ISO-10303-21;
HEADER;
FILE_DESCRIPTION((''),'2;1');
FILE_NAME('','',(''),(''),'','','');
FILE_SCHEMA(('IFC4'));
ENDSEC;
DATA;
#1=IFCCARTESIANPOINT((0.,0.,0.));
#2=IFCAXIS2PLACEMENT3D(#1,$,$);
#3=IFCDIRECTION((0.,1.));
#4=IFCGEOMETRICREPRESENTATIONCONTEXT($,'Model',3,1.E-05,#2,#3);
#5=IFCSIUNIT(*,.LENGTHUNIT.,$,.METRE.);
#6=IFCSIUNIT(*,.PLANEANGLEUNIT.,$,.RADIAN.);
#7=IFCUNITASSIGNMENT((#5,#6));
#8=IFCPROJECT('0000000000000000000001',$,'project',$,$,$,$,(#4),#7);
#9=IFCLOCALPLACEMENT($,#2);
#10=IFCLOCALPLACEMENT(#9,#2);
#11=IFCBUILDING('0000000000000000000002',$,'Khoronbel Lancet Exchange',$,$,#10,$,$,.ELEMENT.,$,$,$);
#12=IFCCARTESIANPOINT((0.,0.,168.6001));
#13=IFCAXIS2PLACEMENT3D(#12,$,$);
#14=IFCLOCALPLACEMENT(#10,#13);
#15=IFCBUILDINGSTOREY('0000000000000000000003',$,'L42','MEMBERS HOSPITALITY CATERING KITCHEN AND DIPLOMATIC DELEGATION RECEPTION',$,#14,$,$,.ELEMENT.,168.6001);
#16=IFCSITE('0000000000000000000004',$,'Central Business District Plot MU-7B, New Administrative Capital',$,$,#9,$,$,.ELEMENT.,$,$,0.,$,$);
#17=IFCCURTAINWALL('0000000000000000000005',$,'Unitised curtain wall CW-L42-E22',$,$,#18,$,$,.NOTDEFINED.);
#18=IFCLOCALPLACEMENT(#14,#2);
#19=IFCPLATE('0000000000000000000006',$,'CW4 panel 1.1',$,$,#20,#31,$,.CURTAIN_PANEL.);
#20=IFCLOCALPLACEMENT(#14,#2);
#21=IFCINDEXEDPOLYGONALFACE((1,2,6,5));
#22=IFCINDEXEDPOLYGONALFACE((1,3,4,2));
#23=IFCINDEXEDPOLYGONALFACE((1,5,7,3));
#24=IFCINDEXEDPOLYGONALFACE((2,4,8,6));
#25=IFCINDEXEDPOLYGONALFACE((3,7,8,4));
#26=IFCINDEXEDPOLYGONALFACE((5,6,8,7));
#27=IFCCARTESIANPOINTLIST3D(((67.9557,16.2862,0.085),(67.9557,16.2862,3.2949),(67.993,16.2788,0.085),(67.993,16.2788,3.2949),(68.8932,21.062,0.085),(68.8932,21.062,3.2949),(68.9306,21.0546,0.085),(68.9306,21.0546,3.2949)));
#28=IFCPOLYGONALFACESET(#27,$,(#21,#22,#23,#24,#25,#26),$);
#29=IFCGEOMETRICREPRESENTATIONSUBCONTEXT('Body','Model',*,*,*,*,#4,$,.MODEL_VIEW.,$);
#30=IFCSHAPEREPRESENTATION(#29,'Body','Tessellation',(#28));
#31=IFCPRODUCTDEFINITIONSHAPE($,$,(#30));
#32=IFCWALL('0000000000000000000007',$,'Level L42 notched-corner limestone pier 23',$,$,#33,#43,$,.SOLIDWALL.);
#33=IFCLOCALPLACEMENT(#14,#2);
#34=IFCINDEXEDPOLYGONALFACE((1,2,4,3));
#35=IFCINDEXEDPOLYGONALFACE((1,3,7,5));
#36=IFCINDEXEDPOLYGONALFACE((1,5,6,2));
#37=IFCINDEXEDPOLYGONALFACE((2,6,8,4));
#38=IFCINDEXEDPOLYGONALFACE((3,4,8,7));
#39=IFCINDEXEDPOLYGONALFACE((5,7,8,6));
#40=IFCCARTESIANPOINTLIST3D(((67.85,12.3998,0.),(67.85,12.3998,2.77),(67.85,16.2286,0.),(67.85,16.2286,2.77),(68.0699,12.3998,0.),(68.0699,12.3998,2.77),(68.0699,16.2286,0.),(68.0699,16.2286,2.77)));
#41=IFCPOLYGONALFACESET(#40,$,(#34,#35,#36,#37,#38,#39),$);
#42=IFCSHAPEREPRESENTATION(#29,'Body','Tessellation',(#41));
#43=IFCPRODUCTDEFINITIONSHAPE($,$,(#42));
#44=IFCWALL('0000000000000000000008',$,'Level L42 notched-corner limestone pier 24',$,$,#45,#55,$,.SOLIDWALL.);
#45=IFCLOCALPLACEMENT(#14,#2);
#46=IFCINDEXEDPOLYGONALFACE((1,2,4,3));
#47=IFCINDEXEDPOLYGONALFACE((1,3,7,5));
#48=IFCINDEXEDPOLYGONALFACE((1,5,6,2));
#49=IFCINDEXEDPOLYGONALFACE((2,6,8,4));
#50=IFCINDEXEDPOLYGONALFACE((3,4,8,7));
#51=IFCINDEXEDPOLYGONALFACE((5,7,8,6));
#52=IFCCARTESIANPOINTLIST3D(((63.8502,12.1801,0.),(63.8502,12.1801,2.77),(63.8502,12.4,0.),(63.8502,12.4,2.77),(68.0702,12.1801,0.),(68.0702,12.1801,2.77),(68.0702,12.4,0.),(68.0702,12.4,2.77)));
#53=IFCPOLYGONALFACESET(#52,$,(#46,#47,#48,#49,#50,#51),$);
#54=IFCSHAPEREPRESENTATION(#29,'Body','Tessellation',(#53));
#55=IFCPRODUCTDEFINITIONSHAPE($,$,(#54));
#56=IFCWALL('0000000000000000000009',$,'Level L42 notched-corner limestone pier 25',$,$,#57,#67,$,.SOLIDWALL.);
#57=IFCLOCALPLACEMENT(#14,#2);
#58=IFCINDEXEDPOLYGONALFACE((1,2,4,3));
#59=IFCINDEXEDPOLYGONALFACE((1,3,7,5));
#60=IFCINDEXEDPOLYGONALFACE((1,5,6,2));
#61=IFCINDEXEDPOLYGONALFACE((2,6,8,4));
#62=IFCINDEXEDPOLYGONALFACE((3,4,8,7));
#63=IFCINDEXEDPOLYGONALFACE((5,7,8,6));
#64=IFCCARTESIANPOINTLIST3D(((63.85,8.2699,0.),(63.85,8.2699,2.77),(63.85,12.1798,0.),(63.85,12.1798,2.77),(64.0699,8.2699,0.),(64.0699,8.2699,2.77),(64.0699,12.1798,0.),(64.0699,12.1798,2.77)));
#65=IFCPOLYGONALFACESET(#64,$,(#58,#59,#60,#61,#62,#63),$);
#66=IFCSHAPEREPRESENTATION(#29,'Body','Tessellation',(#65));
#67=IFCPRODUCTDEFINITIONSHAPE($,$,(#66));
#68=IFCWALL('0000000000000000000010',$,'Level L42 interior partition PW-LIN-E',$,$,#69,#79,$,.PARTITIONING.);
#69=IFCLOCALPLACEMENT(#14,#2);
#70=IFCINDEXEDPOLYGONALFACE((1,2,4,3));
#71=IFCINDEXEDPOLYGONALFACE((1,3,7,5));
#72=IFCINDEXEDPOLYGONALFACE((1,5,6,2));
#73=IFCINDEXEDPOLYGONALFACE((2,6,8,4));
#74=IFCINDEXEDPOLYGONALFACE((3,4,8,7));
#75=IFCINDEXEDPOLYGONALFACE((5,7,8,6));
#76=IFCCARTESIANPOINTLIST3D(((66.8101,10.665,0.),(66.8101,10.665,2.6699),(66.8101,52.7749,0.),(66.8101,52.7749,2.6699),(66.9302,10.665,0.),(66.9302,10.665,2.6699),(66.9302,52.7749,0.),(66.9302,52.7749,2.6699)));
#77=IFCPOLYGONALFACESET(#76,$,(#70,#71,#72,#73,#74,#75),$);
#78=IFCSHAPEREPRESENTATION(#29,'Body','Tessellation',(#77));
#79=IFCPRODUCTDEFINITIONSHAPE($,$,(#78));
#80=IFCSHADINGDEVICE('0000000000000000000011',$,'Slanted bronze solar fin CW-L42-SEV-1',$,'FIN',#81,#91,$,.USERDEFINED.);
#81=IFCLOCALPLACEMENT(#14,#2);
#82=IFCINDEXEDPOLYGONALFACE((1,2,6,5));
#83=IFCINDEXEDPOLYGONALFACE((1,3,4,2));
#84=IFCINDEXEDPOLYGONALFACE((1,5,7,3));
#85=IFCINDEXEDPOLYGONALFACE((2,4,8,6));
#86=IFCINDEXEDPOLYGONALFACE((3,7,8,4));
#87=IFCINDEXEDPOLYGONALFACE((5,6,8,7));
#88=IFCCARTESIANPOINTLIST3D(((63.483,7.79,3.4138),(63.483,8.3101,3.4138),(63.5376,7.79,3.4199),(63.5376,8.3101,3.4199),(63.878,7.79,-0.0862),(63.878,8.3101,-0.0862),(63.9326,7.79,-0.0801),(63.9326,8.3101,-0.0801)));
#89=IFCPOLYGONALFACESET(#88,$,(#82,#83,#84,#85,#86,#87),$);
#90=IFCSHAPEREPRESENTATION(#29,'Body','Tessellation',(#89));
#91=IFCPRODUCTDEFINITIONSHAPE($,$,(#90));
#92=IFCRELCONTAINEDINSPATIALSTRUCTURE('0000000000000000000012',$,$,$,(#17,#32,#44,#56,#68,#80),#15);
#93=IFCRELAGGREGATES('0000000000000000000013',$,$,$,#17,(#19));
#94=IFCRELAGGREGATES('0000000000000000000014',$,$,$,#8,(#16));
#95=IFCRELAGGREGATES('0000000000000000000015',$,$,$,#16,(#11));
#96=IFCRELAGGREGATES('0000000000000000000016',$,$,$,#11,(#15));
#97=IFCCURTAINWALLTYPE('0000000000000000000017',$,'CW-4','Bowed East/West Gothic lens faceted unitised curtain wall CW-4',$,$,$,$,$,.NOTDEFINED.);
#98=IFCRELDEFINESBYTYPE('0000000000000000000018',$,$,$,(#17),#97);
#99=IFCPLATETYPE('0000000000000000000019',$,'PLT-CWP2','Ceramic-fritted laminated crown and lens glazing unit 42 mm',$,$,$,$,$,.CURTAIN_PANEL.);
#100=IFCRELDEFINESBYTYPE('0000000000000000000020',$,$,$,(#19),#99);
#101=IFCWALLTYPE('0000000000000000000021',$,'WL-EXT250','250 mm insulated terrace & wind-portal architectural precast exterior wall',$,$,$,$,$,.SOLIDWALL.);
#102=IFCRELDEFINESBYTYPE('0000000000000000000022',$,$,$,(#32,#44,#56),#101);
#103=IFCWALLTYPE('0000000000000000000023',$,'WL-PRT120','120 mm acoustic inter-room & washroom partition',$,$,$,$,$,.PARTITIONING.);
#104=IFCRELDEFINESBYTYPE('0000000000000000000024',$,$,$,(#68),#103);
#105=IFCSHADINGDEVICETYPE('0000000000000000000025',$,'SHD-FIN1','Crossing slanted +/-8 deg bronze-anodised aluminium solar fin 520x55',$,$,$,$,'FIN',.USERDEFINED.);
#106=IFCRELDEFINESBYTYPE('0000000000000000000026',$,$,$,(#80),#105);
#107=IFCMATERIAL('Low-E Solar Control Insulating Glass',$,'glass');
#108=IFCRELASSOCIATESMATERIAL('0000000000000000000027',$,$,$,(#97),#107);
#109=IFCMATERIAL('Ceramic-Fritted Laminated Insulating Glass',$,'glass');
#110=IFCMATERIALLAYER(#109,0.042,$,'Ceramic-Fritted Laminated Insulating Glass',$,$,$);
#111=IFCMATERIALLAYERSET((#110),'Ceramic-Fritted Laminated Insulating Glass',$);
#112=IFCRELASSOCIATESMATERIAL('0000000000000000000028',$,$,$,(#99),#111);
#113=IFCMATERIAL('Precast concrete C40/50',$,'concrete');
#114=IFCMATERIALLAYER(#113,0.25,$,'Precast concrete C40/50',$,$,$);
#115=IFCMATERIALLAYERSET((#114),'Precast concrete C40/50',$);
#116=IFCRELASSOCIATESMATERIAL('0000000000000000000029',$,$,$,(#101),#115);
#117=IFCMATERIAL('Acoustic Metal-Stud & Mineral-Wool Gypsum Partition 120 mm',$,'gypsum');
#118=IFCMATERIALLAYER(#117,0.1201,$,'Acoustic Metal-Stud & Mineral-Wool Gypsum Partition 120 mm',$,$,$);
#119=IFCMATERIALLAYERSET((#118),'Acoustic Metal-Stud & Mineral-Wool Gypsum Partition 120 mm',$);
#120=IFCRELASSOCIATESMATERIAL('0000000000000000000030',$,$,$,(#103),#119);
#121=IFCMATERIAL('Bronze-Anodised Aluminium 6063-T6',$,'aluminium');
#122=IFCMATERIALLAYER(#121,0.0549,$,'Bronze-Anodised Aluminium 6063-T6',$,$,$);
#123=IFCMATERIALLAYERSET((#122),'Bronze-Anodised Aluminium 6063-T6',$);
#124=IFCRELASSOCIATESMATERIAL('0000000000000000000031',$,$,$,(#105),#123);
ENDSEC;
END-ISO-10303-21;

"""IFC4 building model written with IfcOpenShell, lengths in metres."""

from ifc_helpers import new_model, si_unit, direction, frame, frame_2d, origin, origin_2d, place, context, subcontext, project, spatial, polyline, rectangle, outline, extrude, material, layer, layer_set, type_object, element, aggregate, save


model = new_model("IFC4")

# Units and contexts
model_context = context("Model", 3, precision=1e-05, world=origin(), true_north=direction((0.0, 1.0)))
body_context = subcontext(model_context, "Body", "Model", "MODEL_VIEW")
ifc_project = project(units=[si_unit("LENGTHUNIT", "METRE"), si_unit("PLANEANGLEUNIT", "RADIAN")], contexts=[model_context])

# Site, building, storey
site_placement = place(None, origin())
site = spatial("IfcSite", under=ifc_project, at=site_placement, Name="Central Business District Plot MU-7B, New Administrative Capital", CompositionType="ELEMENT", RefElevation=0.0)
building_placement = place(site_placement, origin())
building = spatial("IfcBuilding", under=site, at=building_placement, Name="Khoronbel Lancet Exchange", CompositionType="ELEMENT")
storey_placement = place(building_placement, frame((0.0, 0.0, 168.6001)))
storey = spatial("IfcBuildingStorey", under=building, at=storey_placement, Name="L42", Description="MEMBERS HOSPITALITY CATERING KITCHEN AND DIPLOMATIC DELEGATION RECEPTION", CompositionType="ELEMENT", Elevation=168.6001)

# Shared definitions
ifc_material_1 = material(Name="Low-E Solar Control Insulating Glass", Category="glass")
ifc_material_2 = material(Name="Bronze-Anodised Aluminium 6063-T6", Category="aluminium")

# Shared definitions
curtain_wall_type_1 = type_object("IfcCurtainWallType", Name="CW-4", Description="Bowed East/West Gothic lens faceted unitised curtain wall CW-4", PredefinedType="NOTDEFINED", material=ifc_material_1)

# Curtain wall
curtain_wall_1_placement = place(storey_placement, origin())
curtain_wall_1 = element("IfcCurtainWall", 1, at=curtain_wall_1_placement, inside=storey, type_object=curtain_wall_type_1, Name="Unitised curtain wall CW-L42-E22", PredefinedType="NOTDEFINED")

# Plate
ifc_material_3 = material(Name="Ceramic-Fritted Laminated Insulating Glass", Category="glass")
ifc_layer_1 = layer(ifc_material_3, 0.042, Name="Ceramic-Fritted Laminated Insulating Glass")
ifc_layer_set_1 = layer_set([ifc_layer_1], Name="Ceramic-Fritted Laminated Insulating Glass")
plate_type_1 = type_object("IfcPlateType", Name="PLT-CWP2", Description="Ceramic-fritted laminated crown and lens glazing unit 42 mm", PredefinedType="CURTAIN_PANEL", material=ifc_layer_set_1)
plate_1_placement = place(storey_placement, frame((68.4431, 18.6704, 0.085), z_axis=(0.0, 0.0, 1.0), x_axis=(-0.192627, -0.981272, 0.0)))
plate_1 = element("IfcPlate", 2, at=plate_1_placement, type_object=plate_type_1, Name="CW4 panel 1.1", PredefinedType="CURTAIN_PANEL", context=body_context, shape_type="SweptSolid", body=[
    extrude(rectangle(XDim=4.8669, YDim=0.0381, at=origin_2d()), origin(), (0.0, 0.0, 1.0), 3.21),
])
aggregate(curtain_wall_1, [plate_1])

# Walls
ifc_material_4 = material(Name="Precast concrete C40/50", Category="concrete")
ifc_layer_2 = layer(ifc_material_4, 0.25, Name="Precast concrete C40/50")
ifc_layer_set_2 = layer_set([ifc_layer_2], Name="Precast concrete C40/50")
wall_type_1 = type_object("IfcWallType", Name="WL-EXT250", Description="250 mm insulated terrace & wind-portal architectural precast exterior wall", PredefinedType="SOLIDWALL", material=ifc_layer_set_2)
wall_1_placement = place(storey_placement, frame((67.96, 16.2288, 0.0), z_axis=(0.0, 0.0, 1.0), x_axis=(0.0, -1.0, 0.0)))
element("IfcWall", 3, at=wall_1_placement, inside=storey, type_object=wall_type_1, Name="Level L42 notched-corner limestone pier 23", PredefinedType="SOLIDWALL", context=body_context, shape_type="SweptSolid", body=[
    extrude(rectangle(XDim=3.8289, YDim=0.22, at=frame_2d((1.9146, 0.0))), origin(), (0.0, 0.0, 1.0), 2.77),
])
wall_2_placement = place(storey_placement, frame((68.0701, 12.29, 0.0), z_axis=(0.0, 0.0, 1.0), x_axis=(-1.0, 0.0, 0.0)))
element("IfcWall", 4, at=wall_2_placement, inside=storey, type_object=wall_type_1, Name="Level L42 notched-corner limestone pier 24", PredefinedType="SOLIDWALL", context=body_context, shape_type="SweptSolid", body=[
    extrude(rectangle(XDim=4.22, YDim=0.22, at=frame_2d((2.1099, 0.0))), origin(), (0.0, 0.0, 1.0), 2.77),
])
wall_3_placement = place(storey_placement, frame((63.96, 12.1799, 0.0), z_axis=(0.0, 0.0, 1.0), x_axis=(0.0, -1.0, 0.0)))
element("IfcWall", 5, at=wall_3_placement, inside=storey, type_object=wall_type_1, Name="Level L42 notched-corner limestone pier 25", PredefinedType="SOLIDWALL", context=body_context, shape_type="SweptSolid", body=[
    extrude(rectangle(XDim=3.9099, YDim=0.22, at=frame_2d((1.9551, 0.0))), origin(), (0.0, 0.0, 1.0), 2.77),
])
ifc_material_5 = material(Name="Acoustic Metal-Stud & Mineral-Wool Gypsum Partition 120 mm", Category="gypsum")
ifc_layer_3 = layer(ifc_material_5, 0.1201, Name="Acoustic Metal-Stud & Mineral-Wool Gypsum Partition 120 mm")
ifc_layer_set_3 = layer_set([ifc_layer_3], Name="Acoustic Metal-Stud & Mineral-Wool Gypsum Partition 120 mm")
wall_type_2 = type_object("IfcWallType", Name="WL-PRT120", Description="120 mm acoustic inter-room & washroom partition", PredefinedType="PARTITIONING", material=ifc_layer_set_3)
wall_4_placement = place(storey_placement, frame((66.8701, 10.665, 0.0), z_axis=(0.0, 0.0, 1.0), x_axis=(0.0, 1.0, 0.0)))
element("IfcWall", 6, at=wall_4_placement, inside=storey, type_object=wall_type_2, Name="Level L42 interior partition PW-LIN-E", PredefinedType="PARTITIONING", context=body_context, shape_type="SweptSolid", body=[
    extrude(rectangle(XDim=42.1099, YDim=0.1201, at=frame_2d((21.0549, 0.0))), origin(), (0.0, 0.0, 1.0), 2.6699),
])

# Shading device
ifc_layer_4 = layer(ifc_material_2, 0.0549, Name="Bronze-Anodised Aluminium 6063-T6")
ifc_layer_set_4 = layer_set([ifc_layer_4], Name="Bronze-Anodised Aluminium 6063-T6")
shading_device_type = type_object("IfcShadingDeviceType", Name="SHD-FIN1", Description="Crossing slanted +/-8 deg bronze-anodised aluminium solar fin 520x55", ElementType="FIN", PredefinedType="USERDEFINED", material=ifc_layer_set_4)
shading_device_placement = place(storey_placement, frame((63.9326, 8.3101, -0.0801), z_axis=(0.993691, 0.0, 0.112151), x_axis=(0.0, -1.0, 0.0)))
element("IfcShadingDevice", 7, at=shading_device_placement, inside=storey, type_object=shading_device_type, Name="Slanted bronze solar fin CW-L42-SEV-1", ObjectType="FIN", PredefinedType="USERDEFINED", context=body_context, shape_type="SweptSolid", body=[
    extrude(outline(polyline([(0.0, 0.0), (0.52, 0.0), (0.52, -3.5222), (0.0, -3.5222), (0.0, 0.0)])), origin(), (0.0, 0.0, -1.0), 0.0549),
])

save(model, "model.ifc")
